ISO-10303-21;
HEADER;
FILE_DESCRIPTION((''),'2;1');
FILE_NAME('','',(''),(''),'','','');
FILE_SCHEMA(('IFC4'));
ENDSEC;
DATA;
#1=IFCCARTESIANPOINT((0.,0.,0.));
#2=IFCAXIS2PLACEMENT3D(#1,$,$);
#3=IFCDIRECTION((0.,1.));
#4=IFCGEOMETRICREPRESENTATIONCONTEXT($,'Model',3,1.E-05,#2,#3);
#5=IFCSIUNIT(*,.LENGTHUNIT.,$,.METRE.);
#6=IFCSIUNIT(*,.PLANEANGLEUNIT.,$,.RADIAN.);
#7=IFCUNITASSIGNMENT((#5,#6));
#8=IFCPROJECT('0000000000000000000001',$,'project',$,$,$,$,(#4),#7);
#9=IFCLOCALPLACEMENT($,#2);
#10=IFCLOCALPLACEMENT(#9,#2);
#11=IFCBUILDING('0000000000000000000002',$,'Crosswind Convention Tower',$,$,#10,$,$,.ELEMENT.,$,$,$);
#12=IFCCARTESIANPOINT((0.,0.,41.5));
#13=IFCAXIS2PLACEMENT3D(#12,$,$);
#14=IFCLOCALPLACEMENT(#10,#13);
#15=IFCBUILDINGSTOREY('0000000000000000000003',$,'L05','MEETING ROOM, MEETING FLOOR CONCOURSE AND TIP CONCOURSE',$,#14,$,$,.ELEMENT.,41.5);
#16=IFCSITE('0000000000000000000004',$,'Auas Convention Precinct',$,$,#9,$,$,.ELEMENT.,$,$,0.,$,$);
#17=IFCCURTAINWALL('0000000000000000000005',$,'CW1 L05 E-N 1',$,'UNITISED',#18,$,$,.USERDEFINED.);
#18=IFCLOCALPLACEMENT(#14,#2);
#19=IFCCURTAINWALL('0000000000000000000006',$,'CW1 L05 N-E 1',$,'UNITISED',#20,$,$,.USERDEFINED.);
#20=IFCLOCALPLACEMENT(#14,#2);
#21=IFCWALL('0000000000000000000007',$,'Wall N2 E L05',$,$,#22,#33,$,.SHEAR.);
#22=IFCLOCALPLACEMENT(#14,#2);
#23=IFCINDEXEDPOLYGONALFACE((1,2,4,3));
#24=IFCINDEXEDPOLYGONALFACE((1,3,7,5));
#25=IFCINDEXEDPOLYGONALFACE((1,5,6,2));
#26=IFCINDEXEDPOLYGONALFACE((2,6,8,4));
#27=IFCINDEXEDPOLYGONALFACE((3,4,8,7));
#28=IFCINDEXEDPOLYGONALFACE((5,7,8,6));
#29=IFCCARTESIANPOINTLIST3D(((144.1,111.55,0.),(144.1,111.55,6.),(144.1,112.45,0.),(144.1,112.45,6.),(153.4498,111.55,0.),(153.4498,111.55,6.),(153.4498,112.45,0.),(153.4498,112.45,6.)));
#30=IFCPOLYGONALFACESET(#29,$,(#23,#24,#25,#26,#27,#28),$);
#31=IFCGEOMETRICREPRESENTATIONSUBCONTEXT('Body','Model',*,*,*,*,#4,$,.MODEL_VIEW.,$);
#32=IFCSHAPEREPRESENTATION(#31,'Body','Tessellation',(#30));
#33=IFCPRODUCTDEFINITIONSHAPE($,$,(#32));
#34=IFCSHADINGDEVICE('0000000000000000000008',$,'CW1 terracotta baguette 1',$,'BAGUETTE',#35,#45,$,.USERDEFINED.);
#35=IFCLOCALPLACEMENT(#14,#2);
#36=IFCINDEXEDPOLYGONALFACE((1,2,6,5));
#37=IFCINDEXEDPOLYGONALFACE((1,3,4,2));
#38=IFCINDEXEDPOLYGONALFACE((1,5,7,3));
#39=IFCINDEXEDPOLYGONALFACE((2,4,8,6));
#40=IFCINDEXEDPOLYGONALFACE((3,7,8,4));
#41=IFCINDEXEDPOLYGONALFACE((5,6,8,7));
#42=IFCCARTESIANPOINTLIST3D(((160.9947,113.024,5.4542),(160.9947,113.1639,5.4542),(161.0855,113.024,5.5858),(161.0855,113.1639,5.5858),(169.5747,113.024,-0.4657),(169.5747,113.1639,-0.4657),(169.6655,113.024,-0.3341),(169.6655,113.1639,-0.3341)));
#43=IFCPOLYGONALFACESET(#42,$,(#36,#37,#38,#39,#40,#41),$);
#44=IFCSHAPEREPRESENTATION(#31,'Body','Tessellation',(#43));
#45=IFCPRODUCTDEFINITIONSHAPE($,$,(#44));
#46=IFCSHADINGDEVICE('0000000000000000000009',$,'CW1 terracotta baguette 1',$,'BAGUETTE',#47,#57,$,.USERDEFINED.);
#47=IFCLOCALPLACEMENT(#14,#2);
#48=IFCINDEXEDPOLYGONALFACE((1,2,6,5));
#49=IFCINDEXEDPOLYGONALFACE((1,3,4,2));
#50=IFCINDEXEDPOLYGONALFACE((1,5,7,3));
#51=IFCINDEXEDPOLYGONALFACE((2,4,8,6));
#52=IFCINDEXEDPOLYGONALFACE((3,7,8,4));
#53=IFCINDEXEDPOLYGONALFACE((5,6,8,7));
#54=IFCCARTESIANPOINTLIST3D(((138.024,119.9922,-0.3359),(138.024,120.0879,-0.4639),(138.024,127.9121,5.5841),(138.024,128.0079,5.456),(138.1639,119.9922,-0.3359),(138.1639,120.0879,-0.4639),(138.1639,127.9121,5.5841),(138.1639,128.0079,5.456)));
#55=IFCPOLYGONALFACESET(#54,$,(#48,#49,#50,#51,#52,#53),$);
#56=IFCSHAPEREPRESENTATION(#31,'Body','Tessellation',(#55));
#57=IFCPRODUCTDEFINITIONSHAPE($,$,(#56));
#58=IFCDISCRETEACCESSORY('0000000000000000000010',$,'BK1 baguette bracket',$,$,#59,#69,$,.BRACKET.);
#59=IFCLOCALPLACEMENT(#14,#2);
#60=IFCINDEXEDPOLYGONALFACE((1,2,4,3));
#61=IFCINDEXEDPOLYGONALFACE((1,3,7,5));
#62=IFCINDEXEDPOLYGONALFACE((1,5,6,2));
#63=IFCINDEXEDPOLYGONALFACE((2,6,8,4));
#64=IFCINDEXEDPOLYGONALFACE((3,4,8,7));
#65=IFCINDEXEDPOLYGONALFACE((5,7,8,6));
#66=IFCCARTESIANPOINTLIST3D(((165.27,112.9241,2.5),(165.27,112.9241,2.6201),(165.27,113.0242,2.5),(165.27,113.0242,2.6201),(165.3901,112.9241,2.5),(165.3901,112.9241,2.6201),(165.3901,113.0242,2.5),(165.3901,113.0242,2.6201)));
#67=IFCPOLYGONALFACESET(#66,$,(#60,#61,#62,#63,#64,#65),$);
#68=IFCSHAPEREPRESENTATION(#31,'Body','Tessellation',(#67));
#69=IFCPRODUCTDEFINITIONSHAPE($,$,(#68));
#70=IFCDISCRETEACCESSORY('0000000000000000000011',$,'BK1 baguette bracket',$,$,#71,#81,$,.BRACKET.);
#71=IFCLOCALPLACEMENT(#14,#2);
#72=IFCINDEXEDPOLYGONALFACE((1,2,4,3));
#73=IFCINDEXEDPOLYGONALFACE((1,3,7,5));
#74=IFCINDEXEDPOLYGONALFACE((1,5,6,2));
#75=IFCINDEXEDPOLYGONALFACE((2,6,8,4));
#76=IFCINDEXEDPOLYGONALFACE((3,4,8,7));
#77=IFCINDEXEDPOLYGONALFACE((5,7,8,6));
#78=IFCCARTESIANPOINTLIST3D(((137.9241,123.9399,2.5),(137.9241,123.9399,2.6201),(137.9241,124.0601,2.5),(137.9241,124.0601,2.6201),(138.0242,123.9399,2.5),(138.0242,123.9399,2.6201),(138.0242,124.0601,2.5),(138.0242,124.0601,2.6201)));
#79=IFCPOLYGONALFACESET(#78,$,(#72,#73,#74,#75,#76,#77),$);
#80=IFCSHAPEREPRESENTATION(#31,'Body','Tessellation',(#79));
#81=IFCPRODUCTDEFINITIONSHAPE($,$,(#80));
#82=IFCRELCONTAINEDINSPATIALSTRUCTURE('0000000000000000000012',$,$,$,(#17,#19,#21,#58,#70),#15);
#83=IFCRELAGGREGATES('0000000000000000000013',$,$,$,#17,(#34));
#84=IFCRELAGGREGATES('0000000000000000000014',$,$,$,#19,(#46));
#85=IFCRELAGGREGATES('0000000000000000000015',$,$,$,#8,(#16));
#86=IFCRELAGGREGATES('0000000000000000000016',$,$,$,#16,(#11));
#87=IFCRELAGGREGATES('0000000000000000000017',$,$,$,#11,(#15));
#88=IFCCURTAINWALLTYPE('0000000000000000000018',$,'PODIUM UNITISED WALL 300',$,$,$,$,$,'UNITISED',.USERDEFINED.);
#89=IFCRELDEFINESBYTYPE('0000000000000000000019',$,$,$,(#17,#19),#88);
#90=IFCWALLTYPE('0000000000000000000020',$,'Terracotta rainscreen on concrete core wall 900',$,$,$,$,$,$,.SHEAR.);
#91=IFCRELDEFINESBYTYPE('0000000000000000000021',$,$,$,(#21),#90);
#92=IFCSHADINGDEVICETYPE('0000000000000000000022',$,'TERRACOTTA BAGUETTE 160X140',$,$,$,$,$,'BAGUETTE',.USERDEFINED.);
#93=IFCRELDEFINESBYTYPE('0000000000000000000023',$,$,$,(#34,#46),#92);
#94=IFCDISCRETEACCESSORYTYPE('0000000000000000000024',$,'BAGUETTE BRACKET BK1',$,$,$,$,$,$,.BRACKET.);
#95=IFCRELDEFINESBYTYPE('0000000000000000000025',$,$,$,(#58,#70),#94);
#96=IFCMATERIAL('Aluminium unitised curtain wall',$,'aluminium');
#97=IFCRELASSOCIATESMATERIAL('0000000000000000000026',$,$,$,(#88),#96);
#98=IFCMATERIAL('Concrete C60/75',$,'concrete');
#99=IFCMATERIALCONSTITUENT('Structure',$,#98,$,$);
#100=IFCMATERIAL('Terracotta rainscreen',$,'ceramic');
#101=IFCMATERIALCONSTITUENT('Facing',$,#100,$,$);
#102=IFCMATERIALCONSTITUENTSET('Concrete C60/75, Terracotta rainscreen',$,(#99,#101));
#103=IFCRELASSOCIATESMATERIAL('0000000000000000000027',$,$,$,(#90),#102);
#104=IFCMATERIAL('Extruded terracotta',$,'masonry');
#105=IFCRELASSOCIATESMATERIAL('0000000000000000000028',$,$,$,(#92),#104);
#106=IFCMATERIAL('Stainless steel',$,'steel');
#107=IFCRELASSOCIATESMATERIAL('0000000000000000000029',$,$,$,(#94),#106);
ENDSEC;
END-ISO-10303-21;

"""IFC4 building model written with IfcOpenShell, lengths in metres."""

from ifc_helpers import new_model, si_unit, direction, frame, frame_2d, origin, origin_2d, place, context, subcontext, project, spatial, rectangle, extrude, material, constituent, constituent_set, material_profile, profile_set, type_object, element, aggregate, save


model = new_model("IFC4")

# Units and contexts
model_context = context("Model", 3, precision=1e-05, world=origin(), true_north=direction((0.0, 1.0)))
body_context = subcontext(model_context, "Body", "Model", "MODEL_VIEW")
ifc_project = project(units=[si_unit("LENGTHUNIT", "METRE"), si_unit("PLANEANGLEUNIT", "RADIAN")], contexts=[model_context])

# Site, building, storey
site_placement = place(None, origin())
site = spatial("IfcSite", under=ifc_project, at=site_placement, Name="Auas Convention Precinct", CompositionType="ELEMENT", RefElevation=0.0)
building_placement = place(site_placement, origin())
building = spatial("IfcBuilding", under=site, at=building_placement, Name="Crosswind Convention Tower", CompositionType="ELEMENT")
storey_placement = place(building_placement, frame((0.0, 0.0, 41.5)))
storey = spatial("IfcBuildingStorey", under=building, at=storey_placement, Name="L05", Description="MEETING ROOM, MEETING FLOOR CONCOURSE AND TIP CONCOURSE", CompositionType="ELEMENT", Elevation=41.5)

# Shared definitions
ifc_material_1 = material(Name="Concrete C60/75", Category="concrete")

# Curtain walls
ifc_material_2 = material(Name="Aluminium unitised curtain wall", Category="aluminium")
curtain_wall_type_1 = type_object("IfcCurtainWallType", Name="PODIUM UNITISED WALL 300", ElementType="UNITISED", PredefinedType="USERDEFINED", material=ifc_material_2)
curtain_wall_1_placement = place(storey_placement, origin())
curtain_wall_1 = element("IfcCurtainWall", 1, at=curtain_wall_1_placement, inside=storey, type_object=curtain_wall_type_1, Name="CW1 L05 E-N 1", ObjectType="UNITISED", PredefinedType="USERDEFINED")
curtain_wall_2_placement = place(storey_placement, origin())
curtain_wall_2 = element("IfcCurtainWall", 2, at=curtain_wall_2_placement, inside=storey, type_object=curtain_wall_type_1, Name="CW1 L05 N-E 1", ObjectType="UNITISED", PredefinedType="USERDEFINED")

# Wall
ifc_material_3 = material(Name="Terracotta rainscreen", Category="ceramic")
ifc_constituent_1 = constituent(ifc_material_1, Name="Structure")
ifc_constituent_2 = constituent(ifc_material_3, Name="Facing")
ifc_constituent_set = constituent_set(constituents=[ifc_constituent_1, ifc_constituent_2], Name="Concrete C60/75, Terracotta rainscreen")
wall_type_1 = type_object("IfcWallType", Name="Terracotta rainscreen on concrete core wall 900", PredefinedType="SHEAR", material=ifc_constituent_set)
wall_1_placement = place(storey_placement, frame((144.1001, 112.0, 0.0), z_axis=(0.0, 0.0, 1.0), x_axis=(1.0, 0.0, 0.0)))
element("IfcWall", 3, at=wall_1_placement, inside=storey, type_object=wall_type_1, Name="Wall N2 E L05", PredefinedType="SHEAR", context=body_context, shape_type="SweptSolid", body=[
    extrude(rectangle(XDim=9.3499, YDim=0.8999, at=frame_2d((4.6748, 0.0))), origin(), (0.0, 0.0, 1.0), 6.0),
])

# Shading devices
ifc_material_4 = material(Name="Extruded terracotta", Category="masonry")
ifc_material_profile_1 = material_profile(ifc_material_4, rectangle(XDim=0.1399, YDim=0.1599, at=origin_2d()), Name="TC 140X160")
ifc_profile_set_1 = profile_set([ifc_material_profile_1], Name="Extruded terracotta")
shading_device_type = type_object("IfcShadingDeviceType", Name="TERRACOTTA BAGUETTE 160X140", ElementType="BAGUETTE", PredefinedType="USERDEFINED", material=ifc_profile_set_1)
shading_device_1_placement = place(storey_placement, frame((169.6201, 113.094, -0.3999), z_axis=(-0.823095, 0.0, 0.567904), x_axis=(0.0, -1.0, 0.0)))
shading_device_1 = element("IfcShadingDevice", 4, at=shading_device_1_placement, type_object=shading_device_type, Name="CW1 terracotta baguette 1", ObjectType="BAGUETTE", PredefinedType="USERDEFINED", context=body_context, shape_type="SweptSolid", body=[
    extrude(rectangle(XDim=0.1399, YDim=0.1599, at=origin_2d()), origin(), (0.0, 0.0, 1.0), 10.4241),
])
aggregate(curtain_wall_1, [shading_device_1])
shading_device_2_placement = place(storey_placement, frame((138.094, 120.04, -0.3999), z_axis=(0.0, 0.800971, 0.598703), x_axis=(-1.0, 0.0, 0.0)))
shading_device_2 = element("IfcShadingDevice", 5, at=shading_device_2_placement, type_object=shading_device_type, Name="CW1 terracotta baguette 1", ObjectType="BAGUETTE", PredefinedType="USERDEFINED", context=body_context, shape_type="SweptSolid", body=[
    extrude(rectangle(XDim=0.1399, YDim=0.1599, at=origin_2d()), origin(), (0.0, 0.0, 1.0), 9.8879),
])
aggregate(curtain_wall_2, [shading_device_2])

# Discrete accessories
ifc_material_5 = material(Name="Stainless steel", Category="steel")
discrete_accessory_type = type_object("IfcDiscreteAccessoryType", Name="BAGUETTE BRACKET BK1", PredefinedType="BRACKET", material=ifc_material_5)
for number, where, z_axis, x_axis, name in (
    (6, (165.3301, 112.9741, 2.5), (0.0, 0.0, 1.0), (-1.0, 0.0, 0.0), "BK1 baguette bracket"),
    (7, (137.9741, 124.0, 2.5), (0.0, 0.0, 1.0), (0.0, 1.0, 0.0), "BK1 baguette bracket"),
):
    element("IfcDiscreteAccessory", number, at=place(storey_placement, frame(where, z_axis=z_axis, x_axis=x_axis)), inside=storey, type_object=discrete_accessory_type, Name=name, PredefinedType="BRACKET", context=body_context, shape_type="SweptSolid", body=[
        extrude(rectangle(XDim=0.1201, YDim=0.1001, at=origin_2d()), origin(), (0.0, 0.0, 1.0), 0.1201),
    ])

save(model, "model.ifc")
